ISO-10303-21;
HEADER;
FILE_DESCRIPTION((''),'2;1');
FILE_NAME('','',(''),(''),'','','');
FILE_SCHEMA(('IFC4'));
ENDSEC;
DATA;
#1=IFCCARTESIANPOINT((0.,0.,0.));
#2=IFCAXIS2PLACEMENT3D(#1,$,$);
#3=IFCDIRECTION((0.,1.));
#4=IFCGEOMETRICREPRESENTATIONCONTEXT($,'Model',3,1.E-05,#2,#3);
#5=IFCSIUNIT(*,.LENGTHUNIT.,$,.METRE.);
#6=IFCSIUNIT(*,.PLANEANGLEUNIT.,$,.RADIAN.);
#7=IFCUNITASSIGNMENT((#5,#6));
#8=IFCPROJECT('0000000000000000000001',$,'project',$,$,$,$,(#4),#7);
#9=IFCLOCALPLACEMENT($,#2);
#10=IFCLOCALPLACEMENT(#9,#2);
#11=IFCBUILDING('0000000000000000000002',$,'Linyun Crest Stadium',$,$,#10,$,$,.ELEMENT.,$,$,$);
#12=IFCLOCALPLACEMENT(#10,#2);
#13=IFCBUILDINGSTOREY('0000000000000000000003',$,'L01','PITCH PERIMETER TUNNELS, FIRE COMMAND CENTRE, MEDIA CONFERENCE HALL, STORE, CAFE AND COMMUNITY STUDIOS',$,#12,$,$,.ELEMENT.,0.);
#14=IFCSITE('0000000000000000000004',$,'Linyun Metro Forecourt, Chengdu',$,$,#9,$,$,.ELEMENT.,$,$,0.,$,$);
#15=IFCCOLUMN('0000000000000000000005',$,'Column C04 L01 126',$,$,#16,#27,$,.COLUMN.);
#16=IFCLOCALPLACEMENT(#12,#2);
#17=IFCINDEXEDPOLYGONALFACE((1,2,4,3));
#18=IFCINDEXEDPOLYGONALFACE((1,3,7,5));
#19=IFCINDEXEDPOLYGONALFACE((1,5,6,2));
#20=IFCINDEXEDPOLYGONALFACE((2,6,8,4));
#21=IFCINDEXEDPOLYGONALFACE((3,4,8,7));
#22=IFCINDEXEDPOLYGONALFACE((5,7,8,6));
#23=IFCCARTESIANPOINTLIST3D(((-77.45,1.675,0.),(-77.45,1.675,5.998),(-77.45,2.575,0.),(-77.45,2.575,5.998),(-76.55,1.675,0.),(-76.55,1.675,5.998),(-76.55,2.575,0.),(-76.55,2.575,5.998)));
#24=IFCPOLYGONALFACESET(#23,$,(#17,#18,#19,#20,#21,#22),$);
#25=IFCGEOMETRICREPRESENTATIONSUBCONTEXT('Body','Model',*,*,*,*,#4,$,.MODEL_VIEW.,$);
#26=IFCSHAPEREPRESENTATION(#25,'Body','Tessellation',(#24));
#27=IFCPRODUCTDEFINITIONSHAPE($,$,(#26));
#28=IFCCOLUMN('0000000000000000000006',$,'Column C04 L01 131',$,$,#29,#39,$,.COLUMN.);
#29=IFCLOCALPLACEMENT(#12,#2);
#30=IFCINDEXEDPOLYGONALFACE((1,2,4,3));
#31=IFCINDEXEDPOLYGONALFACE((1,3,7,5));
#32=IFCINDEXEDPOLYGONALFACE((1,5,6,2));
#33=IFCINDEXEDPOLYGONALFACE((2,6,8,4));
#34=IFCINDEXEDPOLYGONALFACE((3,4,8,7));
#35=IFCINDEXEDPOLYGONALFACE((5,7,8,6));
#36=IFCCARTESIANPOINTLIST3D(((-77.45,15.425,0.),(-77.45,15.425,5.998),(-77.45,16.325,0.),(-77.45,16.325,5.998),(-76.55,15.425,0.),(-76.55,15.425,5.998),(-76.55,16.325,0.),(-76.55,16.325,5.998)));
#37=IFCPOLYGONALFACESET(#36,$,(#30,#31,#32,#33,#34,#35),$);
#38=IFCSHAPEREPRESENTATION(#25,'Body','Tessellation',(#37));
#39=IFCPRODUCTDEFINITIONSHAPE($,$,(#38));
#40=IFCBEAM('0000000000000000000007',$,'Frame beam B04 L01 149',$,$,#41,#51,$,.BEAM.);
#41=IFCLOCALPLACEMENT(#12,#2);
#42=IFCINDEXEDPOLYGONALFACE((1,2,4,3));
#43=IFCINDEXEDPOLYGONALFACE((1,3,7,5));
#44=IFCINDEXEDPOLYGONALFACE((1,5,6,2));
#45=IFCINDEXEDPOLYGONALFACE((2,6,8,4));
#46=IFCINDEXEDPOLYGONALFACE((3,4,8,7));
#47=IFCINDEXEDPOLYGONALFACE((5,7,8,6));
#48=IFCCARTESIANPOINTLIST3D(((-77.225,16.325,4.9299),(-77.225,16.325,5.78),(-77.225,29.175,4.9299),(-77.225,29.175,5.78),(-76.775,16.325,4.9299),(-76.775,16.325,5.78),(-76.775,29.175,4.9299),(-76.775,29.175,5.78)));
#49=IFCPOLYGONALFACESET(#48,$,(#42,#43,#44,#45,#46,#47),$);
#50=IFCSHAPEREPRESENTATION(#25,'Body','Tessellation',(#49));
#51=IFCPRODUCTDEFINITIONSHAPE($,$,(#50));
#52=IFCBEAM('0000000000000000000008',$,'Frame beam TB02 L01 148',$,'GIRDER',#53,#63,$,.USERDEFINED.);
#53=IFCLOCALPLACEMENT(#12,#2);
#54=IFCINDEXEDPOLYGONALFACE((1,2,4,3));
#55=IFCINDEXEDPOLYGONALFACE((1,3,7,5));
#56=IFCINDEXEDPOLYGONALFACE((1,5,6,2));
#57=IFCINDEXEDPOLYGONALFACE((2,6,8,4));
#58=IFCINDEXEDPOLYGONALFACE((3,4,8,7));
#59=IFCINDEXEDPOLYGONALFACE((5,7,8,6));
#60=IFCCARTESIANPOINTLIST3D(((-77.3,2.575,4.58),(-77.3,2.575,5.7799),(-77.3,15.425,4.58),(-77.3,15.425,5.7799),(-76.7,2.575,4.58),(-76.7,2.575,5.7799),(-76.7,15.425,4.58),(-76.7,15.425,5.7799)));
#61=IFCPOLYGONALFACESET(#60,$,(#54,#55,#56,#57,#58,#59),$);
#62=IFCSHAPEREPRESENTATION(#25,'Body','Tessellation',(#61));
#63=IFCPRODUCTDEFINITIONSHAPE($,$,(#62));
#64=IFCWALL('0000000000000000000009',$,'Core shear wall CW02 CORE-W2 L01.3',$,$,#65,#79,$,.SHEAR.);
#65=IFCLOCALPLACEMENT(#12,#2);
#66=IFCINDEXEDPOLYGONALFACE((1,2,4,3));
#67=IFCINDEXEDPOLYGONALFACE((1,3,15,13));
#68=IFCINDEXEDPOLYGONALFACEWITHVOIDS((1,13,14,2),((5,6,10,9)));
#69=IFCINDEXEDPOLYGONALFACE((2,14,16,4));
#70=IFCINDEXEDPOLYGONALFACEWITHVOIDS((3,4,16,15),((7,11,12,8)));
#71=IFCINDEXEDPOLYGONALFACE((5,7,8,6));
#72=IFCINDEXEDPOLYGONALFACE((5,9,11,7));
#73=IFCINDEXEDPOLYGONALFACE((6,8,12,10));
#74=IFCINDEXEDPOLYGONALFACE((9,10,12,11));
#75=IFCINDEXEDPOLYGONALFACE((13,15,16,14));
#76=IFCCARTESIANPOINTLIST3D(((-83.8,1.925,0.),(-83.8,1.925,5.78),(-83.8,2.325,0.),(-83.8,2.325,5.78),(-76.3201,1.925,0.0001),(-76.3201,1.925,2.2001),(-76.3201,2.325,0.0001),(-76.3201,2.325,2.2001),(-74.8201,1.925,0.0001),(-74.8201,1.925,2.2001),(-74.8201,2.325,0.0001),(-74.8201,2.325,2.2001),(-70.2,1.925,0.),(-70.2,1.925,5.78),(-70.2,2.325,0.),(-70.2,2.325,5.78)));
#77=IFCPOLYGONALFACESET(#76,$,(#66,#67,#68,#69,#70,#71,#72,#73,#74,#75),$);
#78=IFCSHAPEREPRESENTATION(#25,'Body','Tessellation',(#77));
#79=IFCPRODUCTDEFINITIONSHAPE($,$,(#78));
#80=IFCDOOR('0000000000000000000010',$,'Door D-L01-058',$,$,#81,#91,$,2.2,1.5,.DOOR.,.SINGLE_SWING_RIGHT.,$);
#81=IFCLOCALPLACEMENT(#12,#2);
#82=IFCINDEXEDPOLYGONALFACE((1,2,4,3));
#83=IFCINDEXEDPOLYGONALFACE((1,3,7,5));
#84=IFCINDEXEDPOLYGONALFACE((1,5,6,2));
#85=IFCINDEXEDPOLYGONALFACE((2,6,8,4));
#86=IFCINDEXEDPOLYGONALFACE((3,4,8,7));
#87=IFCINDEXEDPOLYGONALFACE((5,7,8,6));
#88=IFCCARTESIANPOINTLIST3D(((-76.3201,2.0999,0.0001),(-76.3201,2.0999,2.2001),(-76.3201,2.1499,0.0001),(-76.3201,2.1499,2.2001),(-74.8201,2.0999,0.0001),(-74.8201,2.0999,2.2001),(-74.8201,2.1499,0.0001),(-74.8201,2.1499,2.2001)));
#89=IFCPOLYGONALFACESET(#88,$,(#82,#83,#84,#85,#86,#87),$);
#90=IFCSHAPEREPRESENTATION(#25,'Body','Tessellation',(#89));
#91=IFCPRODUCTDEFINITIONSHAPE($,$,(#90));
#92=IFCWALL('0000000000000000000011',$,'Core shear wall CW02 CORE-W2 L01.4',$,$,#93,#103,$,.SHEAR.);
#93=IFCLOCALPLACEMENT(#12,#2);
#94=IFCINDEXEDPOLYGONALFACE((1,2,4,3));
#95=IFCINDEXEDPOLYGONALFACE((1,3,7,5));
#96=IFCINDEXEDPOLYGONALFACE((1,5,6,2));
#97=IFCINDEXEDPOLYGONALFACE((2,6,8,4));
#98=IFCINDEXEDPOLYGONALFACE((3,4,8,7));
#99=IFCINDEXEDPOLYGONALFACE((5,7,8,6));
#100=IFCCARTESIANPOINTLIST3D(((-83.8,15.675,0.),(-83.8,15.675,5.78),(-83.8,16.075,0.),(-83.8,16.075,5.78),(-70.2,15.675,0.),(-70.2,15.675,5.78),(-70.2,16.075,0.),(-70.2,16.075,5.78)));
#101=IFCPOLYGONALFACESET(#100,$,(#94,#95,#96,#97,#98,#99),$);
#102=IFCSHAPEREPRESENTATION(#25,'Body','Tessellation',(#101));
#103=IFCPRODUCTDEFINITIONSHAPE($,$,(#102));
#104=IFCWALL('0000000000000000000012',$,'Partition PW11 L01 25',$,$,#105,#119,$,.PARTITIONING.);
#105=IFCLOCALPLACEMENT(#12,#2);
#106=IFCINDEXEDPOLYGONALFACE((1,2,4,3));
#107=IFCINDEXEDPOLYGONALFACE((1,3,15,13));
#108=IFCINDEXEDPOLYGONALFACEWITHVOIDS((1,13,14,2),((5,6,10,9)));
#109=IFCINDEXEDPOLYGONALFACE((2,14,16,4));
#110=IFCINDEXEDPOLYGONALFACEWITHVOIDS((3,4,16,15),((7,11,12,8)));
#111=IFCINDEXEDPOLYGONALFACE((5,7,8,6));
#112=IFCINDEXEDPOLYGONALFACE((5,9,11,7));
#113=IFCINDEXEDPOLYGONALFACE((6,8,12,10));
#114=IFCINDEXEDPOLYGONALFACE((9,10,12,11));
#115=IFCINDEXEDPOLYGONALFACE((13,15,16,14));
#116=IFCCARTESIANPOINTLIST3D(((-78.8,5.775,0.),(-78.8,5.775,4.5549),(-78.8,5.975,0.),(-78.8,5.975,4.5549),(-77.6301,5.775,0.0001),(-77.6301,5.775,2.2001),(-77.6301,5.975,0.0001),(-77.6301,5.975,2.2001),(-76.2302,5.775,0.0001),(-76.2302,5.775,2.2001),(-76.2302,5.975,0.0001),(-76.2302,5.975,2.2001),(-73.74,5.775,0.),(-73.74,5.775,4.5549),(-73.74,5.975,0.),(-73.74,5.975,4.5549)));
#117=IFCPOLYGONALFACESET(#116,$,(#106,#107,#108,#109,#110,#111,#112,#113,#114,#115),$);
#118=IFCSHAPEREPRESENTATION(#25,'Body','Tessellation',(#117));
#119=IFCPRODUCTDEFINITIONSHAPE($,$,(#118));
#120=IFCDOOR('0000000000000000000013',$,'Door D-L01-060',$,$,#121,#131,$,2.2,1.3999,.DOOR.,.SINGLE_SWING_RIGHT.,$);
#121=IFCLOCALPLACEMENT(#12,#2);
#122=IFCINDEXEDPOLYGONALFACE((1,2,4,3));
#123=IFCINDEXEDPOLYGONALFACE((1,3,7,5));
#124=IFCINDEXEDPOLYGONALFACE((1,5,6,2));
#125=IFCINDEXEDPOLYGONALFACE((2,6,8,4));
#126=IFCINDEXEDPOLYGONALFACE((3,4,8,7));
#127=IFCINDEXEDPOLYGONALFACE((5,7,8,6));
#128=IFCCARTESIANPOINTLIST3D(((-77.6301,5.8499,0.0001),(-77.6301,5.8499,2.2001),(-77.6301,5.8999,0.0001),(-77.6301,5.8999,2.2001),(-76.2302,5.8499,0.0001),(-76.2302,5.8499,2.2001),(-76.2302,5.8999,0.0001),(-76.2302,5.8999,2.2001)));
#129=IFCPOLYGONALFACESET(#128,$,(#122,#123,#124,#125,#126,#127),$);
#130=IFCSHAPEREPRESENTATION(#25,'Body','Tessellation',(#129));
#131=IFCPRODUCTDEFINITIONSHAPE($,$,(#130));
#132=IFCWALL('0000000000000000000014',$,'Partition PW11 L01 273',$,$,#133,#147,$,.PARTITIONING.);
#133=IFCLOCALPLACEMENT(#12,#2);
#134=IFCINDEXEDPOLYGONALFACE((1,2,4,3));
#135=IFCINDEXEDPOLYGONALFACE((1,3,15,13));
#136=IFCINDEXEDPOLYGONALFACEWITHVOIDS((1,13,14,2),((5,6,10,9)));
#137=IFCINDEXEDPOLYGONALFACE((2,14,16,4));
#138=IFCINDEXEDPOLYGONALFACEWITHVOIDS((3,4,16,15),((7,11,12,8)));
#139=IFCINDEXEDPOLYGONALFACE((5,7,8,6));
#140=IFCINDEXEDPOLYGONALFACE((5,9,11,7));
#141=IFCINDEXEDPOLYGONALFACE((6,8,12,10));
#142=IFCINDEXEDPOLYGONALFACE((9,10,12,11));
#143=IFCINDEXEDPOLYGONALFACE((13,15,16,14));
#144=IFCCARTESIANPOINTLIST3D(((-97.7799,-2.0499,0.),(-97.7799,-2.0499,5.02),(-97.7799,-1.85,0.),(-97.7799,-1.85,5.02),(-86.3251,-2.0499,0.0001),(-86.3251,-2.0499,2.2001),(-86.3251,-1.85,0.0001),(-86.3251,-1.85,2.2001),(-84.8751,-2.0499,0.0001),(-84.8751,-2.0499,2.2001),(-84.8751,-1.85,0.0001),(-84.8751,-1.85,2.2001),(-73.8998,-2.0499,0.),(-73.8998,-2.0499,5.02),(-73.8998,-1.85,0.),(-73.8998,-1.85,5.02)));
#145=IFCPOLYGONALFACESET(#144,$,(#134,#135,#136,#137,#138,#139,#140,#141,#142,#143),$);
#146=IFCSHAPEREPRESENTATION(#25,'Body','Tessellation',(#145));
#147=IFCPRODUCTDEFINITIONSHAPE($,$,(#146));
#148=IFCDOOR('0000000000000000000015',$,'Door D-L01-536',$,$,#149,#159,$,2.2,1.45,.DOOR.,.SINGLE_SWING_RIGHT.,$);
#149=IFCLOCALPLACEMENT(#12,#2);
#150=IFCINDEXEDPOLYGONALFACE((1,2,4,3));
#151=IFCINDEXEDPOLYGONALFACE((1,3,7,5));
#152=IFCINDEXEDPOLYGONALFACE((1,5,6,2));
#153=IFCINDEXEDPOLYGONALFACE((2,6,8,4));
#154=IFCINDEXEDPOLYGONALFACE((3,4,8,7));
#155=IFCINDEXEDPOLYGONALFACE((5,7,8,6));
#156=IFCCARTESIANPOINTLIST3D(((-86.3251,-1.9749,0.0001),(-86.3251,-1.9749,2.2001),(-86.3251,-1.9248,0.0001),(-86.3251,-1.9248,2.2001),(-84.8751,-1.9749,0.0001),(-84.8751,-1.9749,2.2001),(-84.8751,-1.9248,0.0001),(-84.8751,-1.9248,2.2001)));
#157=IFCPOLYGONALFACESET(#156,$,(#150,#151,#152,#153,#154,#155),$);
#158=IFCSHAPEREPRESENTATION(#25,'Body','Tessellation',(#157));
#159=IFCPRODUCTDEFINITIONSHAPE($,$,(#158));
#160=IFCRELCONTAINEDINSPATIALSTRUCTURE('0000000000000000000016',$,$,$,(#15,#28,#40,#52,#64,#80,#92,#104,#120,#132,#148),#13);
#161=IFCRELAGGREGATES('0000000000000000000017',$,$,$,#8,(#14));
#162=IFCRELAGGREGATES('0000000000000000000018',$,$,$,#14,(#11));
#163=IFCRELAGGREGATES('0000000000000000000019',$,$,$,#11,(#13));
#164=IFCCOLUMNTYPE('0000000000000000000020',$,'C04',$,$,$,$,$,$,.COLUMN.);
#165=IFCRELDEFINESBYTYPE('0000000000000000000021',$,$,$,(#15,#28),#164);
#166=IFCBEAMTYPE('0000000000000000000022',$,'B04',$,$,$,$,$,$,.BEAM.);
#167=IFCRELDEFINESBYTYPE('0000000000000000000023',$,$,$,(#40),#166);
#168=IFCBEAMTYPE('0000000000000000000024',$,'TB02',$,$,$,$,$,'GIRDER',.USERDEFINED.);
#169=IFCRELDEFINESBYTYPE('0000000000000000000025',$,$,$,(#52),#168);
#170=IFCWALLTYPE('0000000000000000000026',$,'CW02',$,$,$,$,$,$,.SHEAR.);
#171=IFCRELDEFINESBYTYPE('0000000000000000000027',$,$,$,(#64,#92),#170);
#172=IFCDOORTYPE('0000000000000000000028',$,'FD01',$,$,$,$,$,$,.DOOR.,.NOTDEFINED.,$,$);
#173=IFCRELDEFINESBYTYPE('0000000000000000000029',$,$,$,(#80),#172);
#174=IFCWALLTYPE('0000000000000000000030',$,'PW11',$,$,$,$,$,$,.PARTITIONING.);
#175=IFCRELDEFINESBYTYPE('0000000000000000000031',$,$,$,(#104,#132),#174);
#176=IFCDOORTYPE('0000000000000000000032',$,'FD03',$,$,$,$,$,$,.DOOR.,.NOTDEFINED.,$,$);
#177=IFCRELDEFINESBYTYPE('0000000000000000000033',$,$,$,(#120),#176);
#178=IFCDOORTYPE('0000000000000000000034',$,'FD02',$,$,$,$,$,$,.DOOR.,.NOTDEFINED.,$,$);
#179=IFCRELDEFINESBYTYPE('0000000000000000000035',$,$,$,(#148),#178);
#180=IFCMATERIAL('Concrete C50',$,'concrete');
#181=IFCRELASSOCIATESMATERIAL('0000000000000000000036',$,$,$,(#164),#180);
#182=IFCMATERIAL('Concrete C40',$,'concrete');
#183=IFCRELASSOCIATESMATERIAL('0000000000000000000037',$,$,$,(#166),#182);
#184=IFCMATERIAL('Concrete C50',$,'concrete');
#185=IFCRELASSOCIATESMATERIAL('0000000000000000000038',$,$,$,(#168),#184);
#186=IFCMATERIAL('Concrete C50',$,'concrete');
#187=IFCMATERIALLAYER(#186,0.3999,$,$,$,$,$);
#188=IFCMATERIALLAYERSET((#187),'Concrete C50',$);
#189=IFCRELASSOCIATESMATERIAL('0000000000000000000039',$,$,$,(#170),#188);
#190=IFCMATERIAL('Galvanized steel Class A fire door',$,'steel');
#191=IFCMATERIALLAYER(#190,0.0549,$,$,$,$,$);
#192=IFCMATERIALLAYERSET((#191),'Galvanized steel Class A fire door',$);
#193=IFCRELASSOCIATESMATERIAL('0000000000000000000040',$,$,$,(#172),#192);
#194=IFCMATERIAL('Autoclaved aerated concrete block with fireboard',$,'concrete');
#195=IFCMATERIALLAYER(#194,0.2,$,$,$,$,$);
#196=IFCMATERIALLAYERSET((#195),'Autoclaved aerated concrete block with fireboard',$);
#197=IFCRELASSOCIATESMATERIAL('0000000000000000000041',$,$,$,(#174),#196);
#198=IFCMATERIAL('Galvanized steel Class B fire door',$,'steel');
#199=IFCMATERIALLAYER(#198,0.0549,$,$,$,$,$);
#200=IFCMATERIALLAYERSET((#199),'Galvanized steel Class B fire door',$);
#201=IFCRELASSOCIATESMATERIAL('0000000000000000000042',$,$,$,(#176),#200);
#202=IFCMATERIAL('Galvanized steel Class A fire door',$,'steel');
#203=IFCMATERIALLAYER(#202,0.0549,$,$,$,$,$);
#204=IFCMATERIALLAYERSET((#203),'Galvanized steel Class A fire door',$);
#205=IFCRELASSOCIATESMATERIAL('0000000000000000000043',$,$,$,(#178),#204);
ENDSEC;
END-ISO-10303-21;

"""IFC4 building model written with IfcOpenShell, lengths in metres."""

from ifc_helpers import new_model, si_unit, direction, frame, frame_2d, origin, origin_2d, place, context, subcontext, project, spatial, rectangle, extrude, material, layer, layer_set, material_profile, profile_set, type_object, element, fill, save


model = new_model("IFC4")

# Units and contexts
model_context = context("Model", 3, precision=1e-05, world=origin(), true_north=direction((0.0, 1.0)))
body_context = subcontext(model_context, "Body", "Model", "MODEL_VIEW")
ifc_project = project(units=[si_unit("LENGTHUNIT", "METRE"), si_unit("PLANEANGLEUNIT", "RADIAN")], contexts=[model_context])

# Site, building, storey
site_placement = place(None, origin())
site = spatial("IfcSite", under=ifc_project, at=site_placement, Name="Linyun Metro Forecourt, Chengdu", CompositionType="ELEMENT", RefElevation=0.0)
building_placement = place(site_placement, origin())
building = spatial("IfcBuilding", under=site, at=building_placement, Name="Linyun Crest Stadium", CompositionType="ELEMENT")
storey_placement = place(building_placement, origin())
storey = spatial("IfcBuildingStorey", under=building, at=storey_placement, Name="L01", Description="PITCH PERIMETER TUNNELS, FIRE COMMAND CENTRE, MEDIA CONFERENCE HALL, STORE, CAFE AND COMMUNITY STUDIOS", CompositionType="ELEMENT", Elevation=0.0)

# Columns
ifc_material_1 = material(Name="Concrete C50", Category="concrete")
ifc_material_profile_1 = material_profile(ifc_material_1, rectangle(XDim=0.8999, YDim=0.8999, at=origin_2d()), Name="RC 900x900")
ifc_profile_set_1 = profile_set([ifc_material_profile_1], Name="Concrete C50")
column_type = type_object("IfcColumnType", Name="C04", PredefinedType="COLUMN", material=ifc_profile_set_1)
for number, where, z_axis, x_axis, name in (
    (1, (-77.0, 2.125, 0.0), (0.0, 0.0, 1.0), (1.0, 0.0, 0.0), "Column C04 L01 126"),
    (2, (-77.0, 15.875, 0.0), (0.0, 0.0, 1.0), (1.0, 0.0, 0.0), "Column C04 L01 131"),
):
    element("IfcColumn", number, at=place(storey_placement, frame(where, z_axis=z_axis, x_axis=x_axis)), inside=storey, type_object=column_type, Name=name, PredefinedType="COLUMN", context=body_context, shape_type="SweptSolid", body=[
        extrude(rectangle(XDim=0.8999, YDim=0.8999, at=origin_2d()), origin(), (0.0, 0.0, 1.0), 5.998),
    ])

# Beams
ifc_material_2 = material(Name="Concrete C40", Category="concrete")
ifc_material_profile_2 = material_profile(ifc_material_2, rectangle(XDim=0.45, YDim=0.8501, at=origin_2d()), Name="RCB 850x450")
ifc_profile_set_2 = profile_set([ifc_material_profile_2], Name="Concrete C40")
beam_type_1 = type_object("IfcBeamType", Name="B04", PredefinedType="BEAM", material=ifc_profile_set_2)
beam_1_placement = place(storey_placement, frame((-77.0, 16.325, 5.355), z_axis=(0.0, 1.0, 0.0), x_axis=(-1.0, 0.0, 0.0)))
element("IfcBeam", 3, at=beam_1_placement, inside=storey, type_object=beam_type_1, Name="Frame beam B04 L01 149", PredefinedType="BEAM", context=body_context, shape_type="SweptSolid", body=[
    extrude(rectangle(XDim=0.45, YDim=0.8501, at=origin_2d()), origin(), (0.0, 0.0, 1.0), 12.8501),
])
ifc_material_3 = material(Name="Concrete C50", Category="concrete")
ifc_material_profile_3 = material_profile(ifc_material_3, rectangle(XDim=0.6001, YDim=1.2, at=origin_2d()), Name="RCB 1200x600")
ifc_profile_set_3 = profile_set([ifc_material_profile_3], Name="Concrete C50")
beam_type_2 = type_object("IfcBeamType", Name="TB02", ElementType="GIRDER", PredefinedType="USERDEFINED", material=ifc_profile_set_3)
beam_2_placement = place(storey_placement, frame((-77.0, 2.575, 5.1799), z_axis=(0.0, 1.0, 0.0), x_axis=(-1.0, 0.0, 0.0)))
element("IfcBeam", 4, at=beam_2_placement, inside=storey, type_object=beam_type_2, Name="Frame beam TB02 L01 148", ObjectType="GIRDER", PredefinedType="USERDEFINED", context=body_context, shape_type="SweptSolid", body=[
    extrude(rectangle(XDim=0.6001, YDim=1.2, at=origin_2d()), origin(), (0.0, 0.0, 1.0), 12.8501),
])

# Wall, opening, door
ifc_material_4 = material(Name="Concrete C50", Category="concrete")
ifc_layer_1 = layer(ifc_material_4, 0.3999)
ifc_layer_set_1 = layer_set([ifc_layer_1], Name="Concrete C50")
wall_type_1 = type_object("IfcWallType", Name="CW02", PredefinedType="SHEAR", material=ifc_layer_set_1)
wall_1_placement = place(storey_placement, frame((-83.8, 2.125, 0.0), z_axis=(0.0, 0.0, 1.0), x_axis=(1.0, 0.0, 0.0)))
wall_1 = element("IfcWall", 5, at=wall_1_placement, inside=storey, type_object=wall_type_1, Name="Core shear wall CW02 CORE-W2 L01.3", PredefinedType="SHEAR", context=body_context, shape_type="SweptSolid", body=[
    extrude(rectangle(XDim=13.6001, YDim=0.3999, at=frame_2d((6.8, 0.0))), origin(), (0.0, 0.0, 1.0), 5.78),
])
opening_1_placement = place(wall_1_placement, frame((7.48, 0.0, 0.0)))
opening_1 = element("IfcOpeningElement", 6, at=opening_1_placement, cuts=wall_1, PredefinedType="OPENING", context=body_context, shape_type="SweptSolid", body=[
    extrude(rectangle(XDim=1.5, YDim=2.2, at=frame_2d((0.75, 1.1001))), frame((0.0, 0.21, 0.0), z_axis=(0.0, -1.0, 0.0), x_axis=(1.0, 0.0, 0.0)), (0.0, 0.0, 1.0), 0.4199),
])
ifc_material_5 = material(Name="Galvanized steel Class A fire door", Category="steel")
ifc_layer_2 = layer(ifc_material_5, 0.0549)
ifc_layer_set_2 = layer_set([ifc_layer_2], Name="Galvanized steel Class A fire door")
door_type_1 = type_object("IfcDoorType", Name="FD01", OperationType="NOTDEFINED", PredefinedType="DOOR", material=ifc_layer_set_2)
door_1_placement = place(opening_1_placement, origin())
door_1 = element("IfcDoor", 7, at=door_1_placement, inside=storey, type_object=door_type_1, Name="Door D-L01-058", OperationType="SINGLE_SWING_RIGHT", OverallHeight=2.2, OverallWidth=1.5, PredefinedType="DOOR", context=body_context, shape_type="SweptSolid", body=[
    extrude(rectangle(XDim=1.5, YDim=2.2, at=frame_2d((0.75, 1.1001))), frame((0.0, 0.0249, 0.0), z_axis=(0.0, -1.0, 0.0), x_axis=(1.0, 0.0, 0.0)), (0.0, 0.0, 1.0), 0.05),
])
fill(opening_1, door_1)

# Wall
wall_2_placement = place(storey_placement, frame((-83.8, 15.875, 0.0), z_axis=(0.0, 0.0, 1.0), x_axis=(1.0, 0.0, 0.0)))
element("IfcWall", 8, at=wall_2_placement, inside=storey, type_object=wall_type_1, Name="Core shear wall CW02 CORE-W2 L01.4", PredefinedType="SHEAR", context=body_context, shape_type="SweptSolid", body=[
    extrude(rectangle(XDim=13.6001, YDim=0.3999, at=frame_2d((6.8, 0.0))), origin(), (0.0, 0.0, 1.0), 5.78),
])

# Walls, openings, doors
ifc_material_6 = material(Name="Autoclaved aerated concrete block with fireboard", Category="concrete")
ifc_layer_3 = layer(ifc_material_6, 0.2)
ifc_layer_set_3 = layer_set([ifc_layer_3], Name="Autoclaved aerated concrete block with fireboard")
wall_type_2 = type_object("IfcWallType", Name="PW11", PredefinedType="PARTITIONING", material=ifc_layer_set_3)
wall_3_placement = place(storey_placement, frame((-78.8, 5.875, 0.0), z_axis=(0.0, 0.0, 1.0), x_axis=(1.0, 0.0, 0.0)))
wall_3 = element("IfcWall", 9, at=wall_3_placement, inside=storey, type_object=wall_type_2, Name="Partition PW11 L01 25", PredefinedType="PARTITIONING", context=body_context, shape_type="SweptSolid", body=[
    extrude(rectangle(XDim=5.0601, YDim=0.2, at=frame_2d((2.53, 0.0))), origin(), (0.0, 0.0, 1.0), 4.5549),
])
opening_2_placement = place(wall_3_placement, frame((1.1699, 0.0, 0.0)))
opening_2 = element("IfcOpeningElement", 10, at=opening_2_placement, cuts=wall_3, PredefinedType="OPENING", context=body_context, shape_type="SweptSolid", body=[
    extrude(rectangle(XDim=1.3999, YDim=2.2, at=frame_2d((0.7, 1.1001))), frame((0.0, 0.1099, 0.0), z_axis=(0.0, -1.0, 0.0), x_axis=(1.0, 0.0, 0.0)), (0.0, 0.0, 1.0), 0.22),
])
ifc_material_7 = material(Name="Galvanized steel Class B fire door", Category="steel")
ifc_layer_4 = layer(ifc_material_7, 0.0549)
ifc_layer_set_4 = layer_set([ifc_layer_4], Name="Galvanized steel Class B fire door")
door_type_2 = type_object("IfcDoorType", Name="FD03", OperationType="NOTDEFINED", PredefinedType="DOOR", material=ifc_layer_set_4)
door_2_placement = place(opening_2_placement, origin())
door_2 = element("IfcDoor", 11, at=door_2_placement, inside=storey, type_object=door_type_2, Name="Door D-L01-060", OperationType="SINGLE_SWING_RIGHT", OverallHeight=2.2, OverallWidth=1.3999, PredefinedType="DOOR", context=body_context, shape_type="SweptSolid", body=[
    extrude(rectangle(XDim=1.3999, YDim=2.2, at=frame_2d((0.7, 1.1001))), frame((0.0, 0.0249, 0.0), z_axis=(0.0, -1.0, 0.0), x_axis=(1.0, 0.0, 0.0)), (0.0, 0.0, 1.0), 0.05),
])
fill(opening_2, door_2)
wall_4_placement = place(storey_placement, frame((-73.8999, -1.95, 0.0), z_axis=(0.0, 0.0, 1.0), x_axis=(-1.0, 0.0, 0.0)))
wall_4 = element("IfcWall", 12, at=wall_4_placement, inside=storey, type_object=wall_type_2, Name="Partition PW11 L01 273", PredefinedType="PARTITIONING", context=body_context, shape_type="SweptSolid", body=[
    extrude(rectangle(XDim=23.8801, YDim=0.2, at=frame_2d((11.9399, 0.0))), origin(), (0.0, 0.0, 1.0), 5.02),
])
opening_3_placement = place(wall_4_placement, frame((10.9751, 0.0, 0.0)))
opening_3 = element("IfcOpeningElement", 13, at=opening_3_placement, cuts=wall_4, PredefinedType="OPENING", context=body_context, shape_type="SweptSolid", body=[
    extrude(rectangle(XDim=1.45, YDim=2.2, at=frame_2d((0.7251, 1.1001))), frame((0.0, 0.1099, 0.0), z_axis=(0.0, -1.0, 0.0), x_axis=(1.0, 0.0, 0.0)), (0.0, 0.0, 1.0), 0.22),
])
ifc_material_8 = material(Name="Galvanized steel Class A fire door", Category="steel")
ifc_layer_5 = layer(ifc_material_8, 0.0549)
ifc_layer_set_5 = layer_set([ifc_layer_5], Name="Galvanized steel Class A fire door")
door_type_3 = type_object("IfcDoorType", Name="FD02", OperationType="NOTDEFINED", PredefinedType="DOOR", material=ifc_layer_set_5)
door_3_placement = place(opening_3_placement, origin())
door_3 = element("IfcDoor", 14, at=door_3_placement, inside=storey, type_object=door_type_3, Name="Door D-L01-536", OperationType="SINGLE_SWING_RIGHT", OverallHeight=2.2, OverallWidth=1.45, PredefinedType="DOOR", context=body_context, shape_type="SweptSolid", body=[
    extrude(rectangle(XDim=1.45, YDim=2.2, at=frame_2d((0.7251, 1.1001))), frame((0.0, 0.0249, 0.0), z_axis=(0.0, -1.0, 0.0), x_axis=(1.0, 0.0, 0.0)), (0.0, 0.0, 1.0), 0.05),
])
fill(opening_3, door_3)

save(model, "model.ifc")
